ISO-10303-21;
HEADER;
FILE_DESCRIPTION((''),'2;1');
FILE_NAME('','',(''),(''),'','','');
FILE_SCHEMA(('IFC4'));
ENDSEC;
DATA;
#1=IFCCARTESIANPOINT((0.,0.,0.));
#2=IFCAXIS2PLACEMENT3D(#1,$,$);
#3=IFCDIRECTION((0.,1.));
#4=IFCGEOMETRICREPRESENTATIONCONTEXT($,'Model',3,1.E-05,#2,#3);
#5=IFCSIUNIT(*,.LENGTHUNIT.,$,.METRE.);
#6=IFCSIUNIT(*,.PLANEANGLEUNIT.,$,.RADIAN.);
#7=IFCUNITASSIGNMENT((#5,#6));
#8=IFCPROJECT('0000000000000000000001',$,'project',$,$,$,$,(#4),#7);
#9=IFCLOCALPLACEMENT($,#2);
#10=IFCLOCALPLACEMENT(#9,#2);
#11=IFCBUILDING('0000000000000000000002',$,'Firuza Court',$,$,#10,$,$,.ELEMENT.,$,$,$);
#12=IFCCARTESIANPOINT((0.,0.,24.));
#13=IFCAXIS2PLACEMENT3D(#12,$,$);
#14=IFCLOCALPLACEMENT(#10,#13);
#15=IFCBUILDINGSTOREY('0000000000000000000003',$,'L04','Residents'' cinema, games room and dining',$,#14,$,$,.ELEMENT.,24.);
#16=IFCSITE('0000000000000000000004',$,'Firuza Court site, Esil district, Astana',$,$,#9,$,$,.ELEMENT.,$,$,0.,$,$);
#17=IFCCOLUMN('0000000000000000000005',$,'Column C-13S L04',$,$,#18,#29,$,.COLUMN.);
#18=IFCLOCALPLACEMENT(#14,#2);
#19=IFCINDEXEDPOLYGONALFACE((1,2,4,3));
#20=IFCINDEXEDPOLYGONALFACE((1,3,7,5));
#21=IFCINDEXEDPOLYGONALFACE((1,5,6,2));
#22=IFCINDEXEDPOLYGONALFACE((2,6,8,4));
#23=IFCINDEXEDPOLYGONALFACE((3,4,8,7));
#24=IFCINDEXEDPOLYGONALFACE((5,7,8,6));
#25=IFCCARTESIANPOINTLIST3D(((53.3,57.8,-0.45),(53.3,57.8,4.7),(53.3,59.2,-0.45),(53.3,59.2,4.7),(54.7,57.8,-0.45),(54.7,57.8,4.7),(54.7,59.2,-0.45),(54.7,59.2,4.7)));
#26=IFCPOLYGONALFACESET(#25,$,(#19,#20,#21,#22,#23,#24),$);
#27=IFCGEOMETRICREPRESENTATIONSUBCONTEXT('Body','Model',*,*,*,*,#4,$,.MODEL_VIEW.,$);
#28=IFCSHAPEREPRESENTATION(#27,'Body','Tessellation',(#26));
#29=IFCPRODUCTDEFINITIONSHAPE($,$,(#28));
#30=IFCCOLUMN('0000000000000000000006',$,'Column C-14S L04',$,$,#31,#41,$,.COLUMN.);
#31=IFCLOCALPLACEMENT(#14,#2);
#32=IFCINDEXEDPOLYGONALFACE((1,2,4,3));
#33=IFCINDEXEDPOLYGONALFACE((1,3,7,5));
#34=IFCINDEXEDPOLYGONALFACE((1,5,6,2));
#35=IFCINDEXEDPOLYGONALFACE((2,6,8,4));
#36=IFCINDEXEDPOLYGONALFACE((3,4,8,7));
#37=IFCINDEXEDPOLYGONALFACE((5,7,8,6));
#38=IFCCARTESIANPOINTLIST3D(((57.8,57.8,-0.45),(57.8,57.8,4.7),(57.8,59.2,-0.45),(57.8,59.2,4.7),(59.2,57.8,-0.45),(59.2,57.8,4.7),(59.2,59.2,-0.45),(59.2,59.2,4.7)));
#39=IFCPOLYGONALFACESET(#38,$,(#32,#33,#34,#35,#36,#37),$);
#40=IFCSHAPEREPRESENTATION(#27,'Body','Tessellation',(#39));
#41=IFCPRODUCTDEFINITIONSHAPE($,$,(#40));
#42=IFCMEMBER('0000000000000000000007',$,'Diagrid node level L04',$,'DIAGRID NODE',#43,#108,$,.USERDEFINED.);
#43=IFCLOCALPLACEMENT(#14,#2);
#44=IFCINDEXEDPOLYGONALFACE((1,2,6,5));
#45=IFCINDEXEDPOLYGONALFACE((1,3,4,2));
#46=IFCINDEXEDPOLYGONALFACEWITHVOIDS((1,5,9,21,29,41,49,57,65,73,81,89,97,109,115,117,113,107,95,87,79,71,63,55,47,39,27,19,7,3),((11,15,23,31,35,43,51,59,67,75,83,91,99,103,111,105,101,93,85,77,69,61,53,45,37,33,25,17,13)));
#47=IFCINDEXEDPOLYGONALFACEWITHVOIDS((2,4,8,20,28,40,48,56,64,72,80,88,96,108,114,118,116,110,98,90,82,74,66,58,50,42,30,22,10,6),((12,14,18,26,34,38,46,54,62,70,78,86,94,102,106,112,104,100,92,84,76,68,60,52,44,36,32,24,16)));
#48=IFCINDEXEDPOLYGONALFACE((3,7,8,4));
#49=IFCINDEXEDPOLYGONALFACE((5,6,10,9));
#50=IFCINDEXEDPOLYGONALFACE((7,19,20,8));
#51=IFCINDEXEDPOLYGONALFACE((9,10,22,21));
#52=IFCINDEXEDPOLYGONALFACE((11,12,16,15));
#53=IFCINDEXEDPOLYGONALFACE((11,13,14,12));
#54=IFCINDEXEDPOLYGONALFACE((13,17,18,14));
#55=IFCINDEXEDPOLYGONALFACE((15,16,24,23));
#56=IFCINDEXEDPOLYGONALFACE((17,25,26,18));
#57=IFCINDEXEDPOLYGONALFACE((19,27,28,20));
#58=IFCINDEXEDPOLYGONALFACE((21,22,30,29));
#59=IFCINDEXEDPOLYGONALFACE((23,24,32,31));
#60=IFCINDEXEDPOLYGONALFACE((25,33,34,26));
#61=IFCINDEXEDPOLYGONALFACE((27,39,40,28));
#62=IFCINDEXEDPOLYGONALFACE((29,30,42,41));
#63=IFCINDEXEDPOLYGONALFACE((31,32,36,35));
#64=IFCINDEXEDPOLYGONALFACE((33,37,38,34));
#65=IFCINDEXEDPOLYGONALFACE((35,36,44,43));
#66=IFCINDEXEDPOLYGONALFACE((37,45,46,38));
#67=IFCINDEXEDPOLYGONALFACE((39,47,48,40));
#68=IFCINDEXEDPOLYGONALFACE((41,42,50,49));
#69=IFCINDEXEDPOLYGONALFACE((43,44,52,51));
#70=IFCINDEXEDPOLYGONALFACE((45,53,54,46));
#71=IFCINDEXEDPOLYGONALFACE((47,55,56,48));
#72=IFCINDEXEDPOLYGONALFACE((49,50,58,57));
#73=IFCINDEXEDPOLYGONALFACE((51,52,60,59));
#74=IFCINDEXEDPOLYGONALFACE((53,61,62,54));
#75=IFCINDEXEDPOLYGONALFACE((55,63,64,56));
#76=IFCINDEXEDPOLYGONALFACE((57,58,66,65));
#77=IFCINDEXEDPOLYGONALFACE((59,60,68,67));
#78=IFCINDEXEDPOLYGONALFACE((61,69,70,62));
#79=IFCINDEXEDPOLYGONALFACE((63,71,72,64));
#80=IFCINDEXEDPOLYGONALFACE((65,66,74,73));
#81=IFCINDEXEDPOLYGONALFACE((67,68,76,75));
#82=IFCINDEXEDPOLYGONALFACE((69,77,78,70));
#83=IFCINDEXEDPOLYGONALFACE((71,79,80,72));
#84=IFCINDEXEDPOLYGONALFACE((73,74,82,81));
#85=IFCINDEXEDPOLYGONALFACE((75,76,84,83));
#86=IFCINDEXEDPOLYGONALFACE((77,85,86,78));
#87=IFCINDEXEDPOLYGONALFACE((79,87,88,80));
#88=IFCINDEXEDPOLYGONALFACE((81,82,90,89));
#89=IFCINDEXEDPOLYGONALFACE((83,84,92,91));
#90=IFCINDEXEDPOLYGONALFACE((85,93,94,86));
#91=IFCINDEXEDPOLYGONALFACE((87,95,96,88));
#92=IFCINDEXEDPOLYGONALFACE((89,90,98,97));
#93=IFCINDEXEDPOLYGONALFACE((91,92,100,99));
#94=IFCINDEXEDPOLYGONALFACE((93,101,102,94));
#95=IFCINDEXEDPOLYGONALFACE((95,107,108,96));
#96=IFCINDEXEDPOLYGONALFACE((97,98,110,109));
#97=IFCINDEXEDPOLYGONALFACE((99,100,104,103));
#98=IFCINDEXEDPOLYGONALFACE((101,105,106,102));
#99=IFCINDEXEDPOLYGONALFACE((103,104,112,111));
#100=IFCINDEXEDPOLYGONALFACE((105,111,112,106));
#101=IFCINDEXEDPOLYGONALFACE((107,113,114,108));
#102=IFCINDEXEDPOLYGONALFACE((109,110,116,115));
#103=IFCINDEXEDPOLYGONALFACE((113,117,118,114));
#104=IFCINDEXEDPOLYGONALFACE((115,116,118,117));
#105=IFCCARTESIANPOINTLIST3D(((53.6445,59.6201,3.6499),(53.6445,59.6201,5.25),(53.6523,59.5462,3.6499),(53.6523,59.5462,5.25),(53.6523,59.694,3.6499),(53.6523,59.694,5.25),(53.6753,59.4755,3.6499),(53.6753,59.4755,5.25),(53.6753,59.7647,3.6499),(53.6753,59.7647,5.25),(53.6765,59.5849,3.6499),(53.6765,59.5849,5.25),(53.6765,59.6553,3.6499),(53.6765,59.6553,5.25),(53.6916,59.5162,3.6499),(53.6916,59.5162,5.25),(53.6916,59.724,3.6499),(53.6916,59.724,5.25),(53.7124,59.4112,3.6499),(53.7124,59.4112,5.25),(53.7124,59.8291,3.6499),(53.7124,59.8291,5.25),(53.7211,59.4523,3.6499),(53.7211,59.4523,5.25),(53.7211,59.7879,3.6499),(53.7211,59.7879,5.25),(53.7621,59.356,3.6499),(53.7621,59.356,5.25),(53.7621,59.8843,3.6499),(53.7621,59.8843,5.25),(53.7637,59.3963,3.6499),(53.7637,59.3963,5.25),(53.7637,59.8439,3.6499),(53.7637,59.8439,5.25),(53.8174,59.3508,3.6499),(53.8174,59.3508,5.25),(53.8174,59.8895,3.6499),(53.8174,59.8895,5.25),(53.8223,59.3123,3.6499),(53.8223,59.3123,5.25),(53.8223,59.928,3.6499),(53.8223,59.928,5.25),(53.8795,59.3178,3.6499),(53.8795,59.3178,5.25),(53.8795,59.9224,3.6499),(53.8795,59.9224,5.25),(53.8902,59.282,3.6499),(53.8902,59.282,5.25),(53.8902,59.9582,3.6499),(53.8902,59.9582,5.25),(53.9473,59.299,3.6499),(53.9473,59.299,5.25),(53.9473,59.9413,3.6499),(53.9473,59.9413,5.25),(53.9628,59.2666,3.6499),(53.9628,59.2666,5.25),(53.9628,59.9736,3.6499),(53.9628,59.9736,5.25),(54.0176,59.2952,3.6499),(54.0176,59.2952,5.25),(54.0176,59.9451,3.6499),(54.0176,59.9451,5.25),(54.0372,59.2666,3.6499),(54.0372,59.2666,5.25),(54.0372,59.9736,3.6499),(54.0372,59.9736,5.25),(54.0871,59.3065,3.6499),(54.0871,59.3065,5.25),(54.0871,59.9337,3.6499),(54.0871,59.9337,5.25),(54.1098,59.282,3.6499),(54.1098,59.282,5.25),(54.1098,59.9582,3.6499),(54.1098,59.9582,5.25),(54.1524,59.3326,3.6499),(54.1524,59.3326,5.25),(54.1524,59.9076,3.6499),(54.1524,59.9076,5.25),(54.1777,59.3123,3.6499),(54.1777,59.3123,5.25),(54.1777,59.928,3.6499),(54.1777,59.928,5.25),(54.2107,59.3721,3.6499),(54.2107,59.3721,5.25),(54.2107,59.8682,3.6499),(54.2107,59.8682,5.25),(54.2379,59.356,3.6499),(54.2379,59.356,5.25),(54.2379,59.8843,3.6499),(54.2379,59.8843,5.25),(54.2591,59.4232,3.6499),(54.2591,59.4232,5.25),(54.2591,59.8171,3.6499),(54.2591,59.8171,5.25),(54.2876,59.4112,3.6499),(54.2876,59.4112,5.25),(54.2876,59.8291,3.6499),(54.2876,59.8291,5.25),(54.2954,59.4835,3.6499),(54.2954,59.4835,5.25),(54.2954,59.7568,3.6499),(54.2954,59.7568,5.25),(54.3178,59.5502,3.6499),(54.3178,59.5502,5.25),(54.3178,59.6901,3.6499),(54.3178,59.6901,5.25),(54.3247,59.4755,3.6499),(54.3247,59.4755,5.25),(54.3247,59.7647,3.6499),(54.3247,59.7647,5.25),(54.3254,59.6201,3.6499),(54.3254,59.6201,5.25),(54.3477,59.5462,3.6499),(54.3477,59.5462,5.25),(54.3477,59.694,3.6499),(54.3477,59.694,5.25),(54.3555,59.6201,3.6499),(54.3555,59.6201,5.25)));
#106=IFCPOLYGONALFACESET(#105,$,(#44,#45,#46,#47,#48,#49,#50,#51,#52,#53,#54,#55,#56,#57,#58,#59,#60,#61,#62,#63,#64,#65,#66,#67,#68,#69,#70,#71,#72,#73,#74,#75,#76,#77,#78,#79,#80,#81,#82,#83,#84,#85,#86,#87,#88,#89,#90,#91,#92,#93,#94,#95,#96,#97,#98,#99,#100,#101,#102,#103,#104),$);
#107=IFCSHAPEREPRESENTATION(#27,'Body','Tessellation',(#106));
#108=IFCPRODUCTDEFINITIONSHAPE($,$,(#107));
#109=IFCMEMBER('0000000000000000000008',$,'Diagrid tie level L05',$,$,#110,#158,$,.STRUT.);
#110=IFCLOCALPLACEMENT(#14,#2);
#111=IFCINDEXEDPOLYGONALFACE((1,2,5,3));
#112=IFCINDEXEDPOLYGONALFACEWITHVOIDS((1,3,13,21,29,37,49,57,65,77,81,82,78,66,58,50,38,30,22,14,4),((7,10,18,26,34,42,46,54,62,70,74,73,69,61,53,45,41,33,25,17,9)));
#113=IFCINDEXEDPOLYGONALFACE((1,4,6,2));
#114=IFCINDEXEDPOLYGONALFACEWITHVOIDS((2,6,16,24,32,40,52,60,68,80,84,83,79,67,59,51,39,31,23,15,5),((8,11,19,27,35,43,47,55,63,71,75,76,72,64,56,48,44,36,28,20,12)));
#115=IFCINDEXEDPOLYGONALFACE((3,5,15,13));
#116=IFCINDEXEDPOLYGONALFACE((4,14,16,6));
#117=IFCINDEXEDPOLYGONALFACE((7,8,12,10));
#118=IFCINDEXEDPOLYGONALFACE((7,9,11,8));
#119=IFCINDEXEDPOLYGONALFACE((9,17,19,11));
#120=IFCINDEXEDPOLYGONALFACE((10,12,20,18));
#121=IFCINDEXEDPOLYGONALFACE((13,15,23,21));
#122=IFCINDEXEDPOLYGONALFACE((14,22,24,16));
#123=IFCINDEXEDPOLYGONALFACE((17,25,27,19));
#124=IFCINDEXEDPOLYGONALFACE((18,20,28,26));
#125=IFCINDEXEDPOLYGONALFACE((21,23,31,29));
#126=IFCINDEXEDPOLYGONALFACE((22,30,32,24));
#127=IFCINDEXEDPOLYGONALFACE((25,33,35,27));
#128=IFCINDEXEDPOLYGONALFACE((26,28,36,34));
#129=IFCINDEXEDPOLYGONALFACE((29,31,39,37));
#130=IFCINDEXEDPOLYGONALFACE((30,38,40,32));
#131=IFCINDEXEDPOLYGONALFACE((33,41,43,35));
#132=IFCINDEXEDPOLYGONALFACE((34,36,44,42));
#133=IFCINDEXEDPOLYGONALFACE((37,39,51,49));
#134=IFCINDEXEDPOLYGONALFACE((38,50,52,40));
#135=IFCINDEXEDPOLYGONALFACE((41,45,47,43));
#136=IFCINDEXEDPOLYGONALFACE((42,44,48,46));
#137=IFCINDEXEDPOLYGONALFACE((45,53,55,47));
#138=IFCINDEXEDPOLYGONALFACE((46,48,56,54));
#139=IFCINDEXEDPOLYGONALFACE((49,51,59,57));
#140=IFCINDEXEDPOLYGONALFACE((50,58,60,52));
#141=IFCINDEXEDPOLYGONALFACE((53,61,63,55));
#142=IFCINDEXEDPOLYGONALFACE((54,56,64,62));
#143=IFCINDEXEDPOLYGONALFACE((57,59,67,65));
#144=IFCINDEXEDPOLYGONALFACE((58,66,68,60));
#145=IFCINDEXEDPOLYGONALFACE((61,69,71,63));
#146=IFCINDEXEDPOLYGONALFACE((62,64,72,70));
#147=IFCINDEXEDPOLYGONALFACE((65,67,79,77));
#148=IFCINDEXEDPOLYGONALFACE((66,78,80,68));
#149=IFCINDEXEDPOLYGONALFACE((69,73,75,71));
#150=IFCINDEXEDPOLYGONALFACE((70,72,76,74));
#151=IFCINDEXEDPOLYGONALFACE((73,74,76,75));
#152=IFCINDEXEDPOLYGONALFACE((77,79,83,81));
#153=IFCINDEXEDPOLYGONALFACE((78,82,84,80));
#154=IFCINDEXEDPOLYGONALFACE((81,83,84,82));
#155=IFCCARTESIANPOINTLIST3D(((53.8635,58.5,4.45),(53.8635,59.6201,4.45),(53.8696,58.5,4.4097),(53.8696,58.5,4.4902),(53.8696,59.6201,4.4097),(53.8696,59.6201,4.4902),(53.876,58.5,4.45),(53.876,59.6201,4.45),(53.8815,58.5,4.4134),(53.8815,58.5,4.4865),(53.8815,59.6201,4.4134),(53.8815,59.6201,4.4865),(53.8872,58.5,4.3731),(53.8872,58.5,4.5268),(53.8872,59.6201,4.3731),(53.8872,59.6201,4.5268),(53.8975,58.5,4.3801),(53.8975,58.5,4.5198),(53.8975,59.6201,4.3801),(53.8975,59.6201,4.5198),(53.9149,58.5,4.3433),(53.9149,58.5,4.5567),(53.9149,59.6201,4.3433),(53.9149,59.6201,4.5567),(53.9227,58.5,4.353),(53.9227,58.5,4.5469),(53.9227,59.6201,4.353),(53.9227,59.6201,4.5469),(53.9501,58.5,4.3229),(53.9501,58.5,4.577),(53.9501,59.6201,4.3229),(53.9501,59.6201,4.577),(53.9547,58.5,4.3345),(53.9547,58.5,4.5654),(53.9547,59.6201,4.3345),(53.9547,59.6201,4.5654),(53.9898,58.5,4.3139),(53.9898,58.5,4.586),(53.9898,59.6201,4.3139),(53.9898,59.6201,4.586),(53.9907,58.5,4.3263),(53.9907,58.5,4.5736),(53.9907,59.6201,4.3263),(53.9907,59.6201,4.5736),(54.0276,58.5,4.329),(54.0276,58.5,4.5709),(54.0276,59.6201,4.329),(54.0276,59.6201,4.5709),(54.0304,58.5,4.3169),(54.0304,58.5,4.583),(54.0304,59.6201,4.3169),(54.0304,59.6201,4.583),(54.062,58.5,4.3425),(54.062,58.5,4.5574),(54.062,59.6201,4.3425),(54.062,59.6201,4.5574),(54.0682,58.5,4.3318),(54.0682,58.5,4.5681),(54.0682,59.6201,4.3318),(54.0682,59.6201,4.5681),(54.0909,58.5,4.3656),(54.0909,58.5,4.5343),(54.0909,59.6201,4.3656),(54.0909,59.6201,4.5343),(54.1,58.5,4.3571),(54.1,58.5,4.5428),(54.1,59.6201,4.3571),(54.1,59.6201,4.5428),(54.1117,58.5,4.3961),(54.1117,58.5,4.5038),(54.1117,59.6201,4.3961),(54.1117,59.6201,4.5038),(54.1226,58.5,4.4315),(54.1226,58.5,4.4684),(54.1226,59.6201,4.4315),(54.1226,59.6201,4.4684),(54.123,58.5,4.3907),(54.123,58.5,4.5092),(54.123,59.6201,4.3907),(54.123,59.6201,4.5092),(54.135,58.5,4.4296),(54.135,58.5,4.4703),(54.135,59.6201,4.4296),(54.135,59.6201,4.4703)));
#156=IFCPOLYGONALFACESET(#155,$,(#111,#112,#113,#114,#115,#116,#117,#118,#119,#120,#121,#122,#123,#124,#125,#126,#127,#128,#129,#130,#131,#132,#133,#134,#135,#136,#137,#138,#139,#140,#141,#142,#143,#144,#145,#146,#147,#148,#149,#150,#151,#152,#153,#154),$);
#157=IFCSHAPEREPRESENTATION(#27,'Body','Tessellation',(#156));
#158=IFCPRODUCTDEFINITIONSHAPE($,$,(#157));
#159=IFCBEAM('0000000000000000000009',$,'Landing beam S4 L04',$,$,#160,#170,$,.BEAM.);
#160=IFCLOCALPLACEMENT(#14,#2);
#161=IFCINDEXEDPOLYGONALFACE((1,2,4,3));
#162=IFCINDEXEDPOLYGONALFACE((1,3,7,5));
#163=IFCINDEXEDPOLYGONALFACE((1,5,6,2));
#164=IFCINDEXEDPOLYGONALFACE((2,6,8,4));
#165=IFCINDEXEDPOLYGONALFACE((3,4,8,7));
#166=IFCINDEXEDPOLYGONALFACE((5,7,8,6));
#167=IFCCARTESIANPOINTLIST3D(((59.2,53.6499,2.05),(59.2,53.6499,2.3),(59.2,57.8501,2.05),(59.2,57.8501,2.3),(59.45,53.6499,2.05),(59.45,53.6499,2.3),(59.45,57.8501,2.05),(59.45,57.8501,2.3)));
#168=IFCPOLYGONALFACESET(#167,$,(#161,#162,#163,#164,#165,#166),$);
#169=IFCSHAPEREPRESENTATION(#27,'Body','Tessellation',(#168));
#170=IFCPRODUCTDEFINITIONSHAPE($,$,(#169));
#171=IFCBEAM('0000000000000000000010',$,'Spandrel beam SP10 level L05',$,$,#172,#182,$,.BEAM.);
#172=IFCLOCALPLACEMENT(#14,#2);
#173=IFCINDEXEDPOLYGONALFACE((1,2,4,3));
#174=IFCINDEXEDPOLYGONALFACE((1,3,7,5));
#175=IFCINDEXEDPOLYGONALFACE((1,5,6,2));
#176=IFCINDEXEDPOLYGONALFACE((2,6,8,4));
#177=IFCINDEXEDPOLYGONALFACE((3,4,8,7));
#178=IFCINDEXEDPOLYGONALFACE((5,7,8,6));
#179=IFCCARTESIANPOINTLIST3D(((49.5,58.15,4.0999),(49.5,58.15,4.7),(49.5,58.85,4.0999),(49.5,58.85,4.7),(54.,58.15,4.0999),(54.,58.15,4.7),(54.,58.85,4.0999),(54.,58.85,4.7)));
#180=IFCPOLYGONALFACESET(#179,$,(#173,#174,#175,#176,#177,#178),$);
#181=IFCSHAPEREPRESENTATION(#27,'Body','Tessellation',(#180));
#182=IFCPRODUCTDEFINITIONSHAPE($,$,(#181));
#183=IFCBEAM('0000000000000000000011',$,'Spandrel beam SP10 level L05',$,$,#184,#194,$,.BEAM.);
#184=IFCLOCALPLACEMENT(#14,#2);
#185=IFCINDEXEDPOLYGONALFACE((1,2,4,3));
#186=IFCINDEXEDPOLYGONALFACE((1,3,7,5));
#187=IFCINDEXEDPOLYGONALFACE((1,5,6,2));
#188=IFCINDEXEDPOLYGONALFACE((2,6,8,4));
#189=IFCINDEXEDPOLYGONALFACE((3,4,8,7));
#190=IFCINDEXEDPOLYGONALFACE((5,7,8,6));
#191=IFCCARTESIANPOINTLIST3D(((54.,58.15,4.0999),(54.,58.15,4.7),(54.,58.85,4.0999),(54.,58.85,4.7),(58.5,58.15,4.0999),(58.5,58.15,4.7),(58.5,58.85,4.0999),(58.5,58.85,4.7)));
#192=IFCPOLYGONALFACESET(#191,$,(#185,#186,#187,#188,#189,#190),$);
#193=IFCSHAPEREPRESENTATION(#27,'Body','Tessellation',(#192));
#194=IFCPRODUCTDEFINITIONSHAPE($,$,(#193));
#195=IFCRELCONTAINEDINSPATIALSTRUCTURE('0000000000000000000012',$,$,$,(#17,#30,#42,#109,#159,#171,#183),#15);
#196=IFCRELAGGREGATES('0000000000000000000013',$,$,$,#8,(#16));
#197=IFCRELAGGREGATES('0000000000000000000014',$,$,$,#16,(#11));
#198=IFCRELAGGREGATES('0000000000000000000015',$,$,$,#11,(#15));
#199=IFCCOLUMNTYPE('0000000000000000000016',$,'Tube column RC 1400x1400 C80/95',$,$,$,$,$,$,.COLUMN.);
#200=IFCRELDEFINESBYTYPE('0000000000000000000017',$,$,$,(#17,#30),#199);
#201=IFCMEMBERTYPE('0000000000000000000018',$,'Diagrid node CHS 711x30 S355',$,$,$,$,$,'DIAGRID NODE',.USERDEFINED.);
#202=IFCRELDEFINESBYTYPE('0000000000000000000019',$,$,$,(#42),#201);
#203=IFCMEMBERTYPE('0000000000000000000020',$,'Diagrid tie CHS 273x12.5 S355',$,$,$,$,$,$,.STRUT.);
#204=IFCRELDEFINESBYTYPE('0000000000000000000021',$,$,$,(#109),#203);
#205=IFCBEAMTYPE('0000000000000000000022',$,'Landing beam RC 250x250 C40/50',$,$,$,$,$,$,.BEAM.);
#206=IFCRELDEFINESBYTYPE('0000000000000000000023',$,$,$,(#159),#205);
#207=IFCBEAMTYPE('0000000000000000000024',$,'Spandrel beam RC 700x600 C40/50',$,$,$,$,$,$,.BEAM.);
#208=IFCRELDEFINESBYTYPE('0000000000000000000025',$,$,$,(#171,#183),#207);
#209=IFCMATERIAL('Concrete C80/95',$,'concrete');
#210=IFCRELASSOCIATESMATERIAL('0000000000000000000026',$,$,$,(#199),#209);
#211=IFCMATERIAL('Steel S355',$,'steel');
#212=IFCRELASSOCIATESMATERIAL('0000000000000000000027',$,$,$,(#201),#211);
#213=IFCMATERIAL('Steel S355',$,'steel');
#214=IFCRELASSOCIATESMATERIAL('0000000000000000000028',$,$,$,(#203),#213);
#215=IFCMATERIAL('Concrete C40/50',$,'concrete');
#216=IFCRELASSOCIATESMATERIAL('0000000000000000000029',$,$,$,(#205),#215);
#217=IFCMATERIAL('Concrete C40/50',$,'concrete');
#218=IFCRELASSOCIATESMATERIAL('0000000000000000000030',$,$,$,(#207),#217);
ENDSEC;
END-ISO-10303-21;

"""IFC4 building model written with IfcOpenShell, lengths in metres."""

from ifc_helpers import new_model, si_unit, direction, frame, origin, origin_2d, place, context, subcontext, project, spatial, rectangle, hollow_circle, extrude, material, material_profile, profile_set, type_object, element, save


model = new_model("IFC4")

# Units and contexts
model_context = context("Model", 3, precision=1e-05, world=origin(), true_north=direction((0.0, 1.0)))
body_context = subcontext(model_context, "Body", "Model", "MODEL_VIEW")
ifc_project = project(units=[si_unit("LENGTHUNIT", "METRE"), si_unit("PLANEANGLEUNIT", "RADIAN")], contexts=[model_context])

# Site, building, storey
site_placement = place(None, origin())
site = spatial("IfcSite", under=ifc_project, at=site_placement, Name="Firuza Court site, Esil district, Astana", CompositionType="ELEMENT", RefElevation=0.0)
building_placement = place(site_placement, origin())
building = spatial("IfcBuilding", under=site, at=building_placement, Name="Firuza Court", CompositionType="ELEMENT")
storey_placement = place(building_placement, frame((0.0, 0.0, 24.0)))
storey = spatial("IfcBuildingStorey", under=building, at=storey_placement, Name="L04", Description="Residents' cinema, games room and dining", CompositionType="ELEMENT", Elevation=24.0)

# Columns
ifc_material_1 = material(Name="Concrete C80/95", Category="concrete")
ifc_material_profile_1 = material_profile(ifc_material_1, rectangle(XDim=1.3999, YDim=1.3999, at=origin_2d()), Name="RC 1400x1400")
ifc_profile_set_1 = profile_set([ifc_material_profile_1], Name="Concrete C80/95")
column_type = type_object("IfcColumnType", Name="Tube column RC 1400x1400 C80/95", PredefinedType="COLUMN", material=ifc_profile_set_1)
for number, where, z_axis, x_axis, name in (
    (1, (54.0, 58.5, -0.45), (0.0, 0.0, 1.0), (1.0, 0.0, 0.0), "Column C-13S L04"),
    (2, (58.5, 58.5, -0.45), (0.0, 0.0, 1.0), (1.0, 0.0, 0.0), "Column C-14S L04"),
):
    element("IfcColumn", number, at=place(storey_placement, frame(where, z_axis=z_axis, x_axis=x_axis)), inside=storey, type_object=column_type, Name=name, PredefinedType="COLUMN", context=body_context, shape_type="SweptSolid", body=[
        extrude(rectangle(XDim=1.3999, YDim=1.3999, at=origin_2d()), origin(), (0.0, 0.0, 1.0), 5.1499),
    ])

# Members
ifc_material_2 = material(Name="Steel S355", Category="steel")
ifc_material_profile_2 = material_profile(ifc_material_2, hollow_circle(Radius=0.3555, WallThickness=0.03, at=origin_2d()), Name="CHS 711x30")
ifc_profile_set_2 = profile_set([ifc_material_profile_2], Name="Steel S355")
member_type_1 = type_object("IfcMemberType", Name="Diagrid node CHS 711x30 S355", ElementType="DIAGRID NODE", PredefinedType="USERDEFINED", material=ifc_profile_set_2)
member_1_placement = place(storey_placement, frame((54.0, 59.6201, 3.6499), z_axis=(0.0, 0.0, 1.0), x_axis=(1.0, 0.0, 0.0)))
element("IfcMember", 3, at=member_1_placement, inside=storey, type_object=member_type_1, Name="Diagrid node level L04", ObjectType="DIAGRID NODE", PredefinedType="USERDEFINED", context=body_context, shape_type="SweptSolid", body=[
    extrude(hollow_circle(Radius=0.3555, WallThickness=0.03, at=origin_2d()), origin(), (0.0, 0.0, 1.0), 1.6001),
])
ifc_material_3 = material(Name="Steel S355", Category="steel")
ifc_material_profile_3 = material_profile(ifc_material_3, hollow_circle(Radius=0.1365, WallThickness=0.0125, at=origin_2d()), Name="CHS 273x12.5")
ifc_profile_set_3 = profile_set([ifc_material_profile_3], Name="Steel S355")
member_type_2 = type_object("IfcMemberType", Name="Diagrid tie CHS 273x12.5 S355", PredefinedType="STRUT", material=ifc_profile_set_3)
member_2_placement = place(storey_placement, frame((54.0, 58.5, 4.45), z_axis=(0.0, 1.0, 0.0), x_axis=(-1.0, 0.0, 0.0)))
element("IfcMember", 4, at=member_2_placement, inside=storey, type_object=member_type_2, Name="Diagrid tie level L05", PredefinedType="STRUT", context=body_context, shape_type="SweptSolid", body=[
    extrude(hollow_circle(Radius=0.1365, WallThickness=0.0125, at=origin_2d()), origin(), (0.0, 0.0, 1.0), 1.1201),
])

# Beams
ifc_material_4 = material(Name="Concrete C40/50", Category="concrete")
ifc_material_profile_4 = material_profile(ifc_material_4, rectangle(XDim=0.25, YDim=0.25, at=origin_2d()), Name="RC 250x250")
ifc_profile_set_4 = profile_set([ifc_material_profile_4], Name="Concrete C40/50")
beam_type_1 = type_object("IfcBeamType", Name="Landing beam RC 250x250 C40/50", PredefinedType="BEAM", material=ifc_profile_set_4)
beam_placement = place(storey_placement, frame((59.325, 53.6499, 2.175), z_axis=(0.0, 1.0, 0.0), x_axis=(-1.0, 0.0, 0.0)))
element("IfcBeam", 5, at=beam_placement, inside=storey, type_object=beam_type_1, Name="Landing beam S4 L04", PredefinedType="BEAM", context=body_context, shape_type="SweptSolid", body=[
    extrude(rectangle(XDim=0.25, YDim=0.25, at=origin_2d()), origin(), (0.0, 0.0, 1.0), 4.2002),
])
ifc_material_5 = material(Name="Concrete C40/50", Category="concrete")
ifc_material_profile_5 = material_profile(ifc_material_5, rectangle(XDim=0.7, YDim=0.6001, at=origin_2d()), Name="RC 700x600")
ifc_profile_set_5 = profile_set([ifc_material_profile_5], Name="Concrete C40/50")
beam_type_2 = type_object("IfcBeamType", Name="Spandrel beam RC 700x600 C40/50", PredefinedType="BEAM", material=ifc_profile_set_5)
for number, where, z_axis, x_axis, name in (
    (6, (54.0, 58.5, 4.3999), (-1.0, 0.0, 0.0), (0.0, -1.0, 0.0), "Spandrel beam SP10 level L05"),
    (7, (58.5, 58.5, 4.3999), (-1.0, 0.0, 0.0), (0.0, -1.0, 0.0), "Spandrel beam SP10 level L05"),
):
    element("IfcBeam", number, at=place(storey_placement, frame(where, z_axis=z_axis, x_axis=x_axis)), inside=storey, type_object=beam_type_2, Name=name, PredefinedType="BEAM", context=body_context, shape_type="SweptSolid", body=[
        extrude(rectangle(XDim=0.7, YDim=0.6001, at=origin_2d()), origin(), (0.0, 0.0, 1.0), 4.5),
    ])

save(model, "model.ifc")
